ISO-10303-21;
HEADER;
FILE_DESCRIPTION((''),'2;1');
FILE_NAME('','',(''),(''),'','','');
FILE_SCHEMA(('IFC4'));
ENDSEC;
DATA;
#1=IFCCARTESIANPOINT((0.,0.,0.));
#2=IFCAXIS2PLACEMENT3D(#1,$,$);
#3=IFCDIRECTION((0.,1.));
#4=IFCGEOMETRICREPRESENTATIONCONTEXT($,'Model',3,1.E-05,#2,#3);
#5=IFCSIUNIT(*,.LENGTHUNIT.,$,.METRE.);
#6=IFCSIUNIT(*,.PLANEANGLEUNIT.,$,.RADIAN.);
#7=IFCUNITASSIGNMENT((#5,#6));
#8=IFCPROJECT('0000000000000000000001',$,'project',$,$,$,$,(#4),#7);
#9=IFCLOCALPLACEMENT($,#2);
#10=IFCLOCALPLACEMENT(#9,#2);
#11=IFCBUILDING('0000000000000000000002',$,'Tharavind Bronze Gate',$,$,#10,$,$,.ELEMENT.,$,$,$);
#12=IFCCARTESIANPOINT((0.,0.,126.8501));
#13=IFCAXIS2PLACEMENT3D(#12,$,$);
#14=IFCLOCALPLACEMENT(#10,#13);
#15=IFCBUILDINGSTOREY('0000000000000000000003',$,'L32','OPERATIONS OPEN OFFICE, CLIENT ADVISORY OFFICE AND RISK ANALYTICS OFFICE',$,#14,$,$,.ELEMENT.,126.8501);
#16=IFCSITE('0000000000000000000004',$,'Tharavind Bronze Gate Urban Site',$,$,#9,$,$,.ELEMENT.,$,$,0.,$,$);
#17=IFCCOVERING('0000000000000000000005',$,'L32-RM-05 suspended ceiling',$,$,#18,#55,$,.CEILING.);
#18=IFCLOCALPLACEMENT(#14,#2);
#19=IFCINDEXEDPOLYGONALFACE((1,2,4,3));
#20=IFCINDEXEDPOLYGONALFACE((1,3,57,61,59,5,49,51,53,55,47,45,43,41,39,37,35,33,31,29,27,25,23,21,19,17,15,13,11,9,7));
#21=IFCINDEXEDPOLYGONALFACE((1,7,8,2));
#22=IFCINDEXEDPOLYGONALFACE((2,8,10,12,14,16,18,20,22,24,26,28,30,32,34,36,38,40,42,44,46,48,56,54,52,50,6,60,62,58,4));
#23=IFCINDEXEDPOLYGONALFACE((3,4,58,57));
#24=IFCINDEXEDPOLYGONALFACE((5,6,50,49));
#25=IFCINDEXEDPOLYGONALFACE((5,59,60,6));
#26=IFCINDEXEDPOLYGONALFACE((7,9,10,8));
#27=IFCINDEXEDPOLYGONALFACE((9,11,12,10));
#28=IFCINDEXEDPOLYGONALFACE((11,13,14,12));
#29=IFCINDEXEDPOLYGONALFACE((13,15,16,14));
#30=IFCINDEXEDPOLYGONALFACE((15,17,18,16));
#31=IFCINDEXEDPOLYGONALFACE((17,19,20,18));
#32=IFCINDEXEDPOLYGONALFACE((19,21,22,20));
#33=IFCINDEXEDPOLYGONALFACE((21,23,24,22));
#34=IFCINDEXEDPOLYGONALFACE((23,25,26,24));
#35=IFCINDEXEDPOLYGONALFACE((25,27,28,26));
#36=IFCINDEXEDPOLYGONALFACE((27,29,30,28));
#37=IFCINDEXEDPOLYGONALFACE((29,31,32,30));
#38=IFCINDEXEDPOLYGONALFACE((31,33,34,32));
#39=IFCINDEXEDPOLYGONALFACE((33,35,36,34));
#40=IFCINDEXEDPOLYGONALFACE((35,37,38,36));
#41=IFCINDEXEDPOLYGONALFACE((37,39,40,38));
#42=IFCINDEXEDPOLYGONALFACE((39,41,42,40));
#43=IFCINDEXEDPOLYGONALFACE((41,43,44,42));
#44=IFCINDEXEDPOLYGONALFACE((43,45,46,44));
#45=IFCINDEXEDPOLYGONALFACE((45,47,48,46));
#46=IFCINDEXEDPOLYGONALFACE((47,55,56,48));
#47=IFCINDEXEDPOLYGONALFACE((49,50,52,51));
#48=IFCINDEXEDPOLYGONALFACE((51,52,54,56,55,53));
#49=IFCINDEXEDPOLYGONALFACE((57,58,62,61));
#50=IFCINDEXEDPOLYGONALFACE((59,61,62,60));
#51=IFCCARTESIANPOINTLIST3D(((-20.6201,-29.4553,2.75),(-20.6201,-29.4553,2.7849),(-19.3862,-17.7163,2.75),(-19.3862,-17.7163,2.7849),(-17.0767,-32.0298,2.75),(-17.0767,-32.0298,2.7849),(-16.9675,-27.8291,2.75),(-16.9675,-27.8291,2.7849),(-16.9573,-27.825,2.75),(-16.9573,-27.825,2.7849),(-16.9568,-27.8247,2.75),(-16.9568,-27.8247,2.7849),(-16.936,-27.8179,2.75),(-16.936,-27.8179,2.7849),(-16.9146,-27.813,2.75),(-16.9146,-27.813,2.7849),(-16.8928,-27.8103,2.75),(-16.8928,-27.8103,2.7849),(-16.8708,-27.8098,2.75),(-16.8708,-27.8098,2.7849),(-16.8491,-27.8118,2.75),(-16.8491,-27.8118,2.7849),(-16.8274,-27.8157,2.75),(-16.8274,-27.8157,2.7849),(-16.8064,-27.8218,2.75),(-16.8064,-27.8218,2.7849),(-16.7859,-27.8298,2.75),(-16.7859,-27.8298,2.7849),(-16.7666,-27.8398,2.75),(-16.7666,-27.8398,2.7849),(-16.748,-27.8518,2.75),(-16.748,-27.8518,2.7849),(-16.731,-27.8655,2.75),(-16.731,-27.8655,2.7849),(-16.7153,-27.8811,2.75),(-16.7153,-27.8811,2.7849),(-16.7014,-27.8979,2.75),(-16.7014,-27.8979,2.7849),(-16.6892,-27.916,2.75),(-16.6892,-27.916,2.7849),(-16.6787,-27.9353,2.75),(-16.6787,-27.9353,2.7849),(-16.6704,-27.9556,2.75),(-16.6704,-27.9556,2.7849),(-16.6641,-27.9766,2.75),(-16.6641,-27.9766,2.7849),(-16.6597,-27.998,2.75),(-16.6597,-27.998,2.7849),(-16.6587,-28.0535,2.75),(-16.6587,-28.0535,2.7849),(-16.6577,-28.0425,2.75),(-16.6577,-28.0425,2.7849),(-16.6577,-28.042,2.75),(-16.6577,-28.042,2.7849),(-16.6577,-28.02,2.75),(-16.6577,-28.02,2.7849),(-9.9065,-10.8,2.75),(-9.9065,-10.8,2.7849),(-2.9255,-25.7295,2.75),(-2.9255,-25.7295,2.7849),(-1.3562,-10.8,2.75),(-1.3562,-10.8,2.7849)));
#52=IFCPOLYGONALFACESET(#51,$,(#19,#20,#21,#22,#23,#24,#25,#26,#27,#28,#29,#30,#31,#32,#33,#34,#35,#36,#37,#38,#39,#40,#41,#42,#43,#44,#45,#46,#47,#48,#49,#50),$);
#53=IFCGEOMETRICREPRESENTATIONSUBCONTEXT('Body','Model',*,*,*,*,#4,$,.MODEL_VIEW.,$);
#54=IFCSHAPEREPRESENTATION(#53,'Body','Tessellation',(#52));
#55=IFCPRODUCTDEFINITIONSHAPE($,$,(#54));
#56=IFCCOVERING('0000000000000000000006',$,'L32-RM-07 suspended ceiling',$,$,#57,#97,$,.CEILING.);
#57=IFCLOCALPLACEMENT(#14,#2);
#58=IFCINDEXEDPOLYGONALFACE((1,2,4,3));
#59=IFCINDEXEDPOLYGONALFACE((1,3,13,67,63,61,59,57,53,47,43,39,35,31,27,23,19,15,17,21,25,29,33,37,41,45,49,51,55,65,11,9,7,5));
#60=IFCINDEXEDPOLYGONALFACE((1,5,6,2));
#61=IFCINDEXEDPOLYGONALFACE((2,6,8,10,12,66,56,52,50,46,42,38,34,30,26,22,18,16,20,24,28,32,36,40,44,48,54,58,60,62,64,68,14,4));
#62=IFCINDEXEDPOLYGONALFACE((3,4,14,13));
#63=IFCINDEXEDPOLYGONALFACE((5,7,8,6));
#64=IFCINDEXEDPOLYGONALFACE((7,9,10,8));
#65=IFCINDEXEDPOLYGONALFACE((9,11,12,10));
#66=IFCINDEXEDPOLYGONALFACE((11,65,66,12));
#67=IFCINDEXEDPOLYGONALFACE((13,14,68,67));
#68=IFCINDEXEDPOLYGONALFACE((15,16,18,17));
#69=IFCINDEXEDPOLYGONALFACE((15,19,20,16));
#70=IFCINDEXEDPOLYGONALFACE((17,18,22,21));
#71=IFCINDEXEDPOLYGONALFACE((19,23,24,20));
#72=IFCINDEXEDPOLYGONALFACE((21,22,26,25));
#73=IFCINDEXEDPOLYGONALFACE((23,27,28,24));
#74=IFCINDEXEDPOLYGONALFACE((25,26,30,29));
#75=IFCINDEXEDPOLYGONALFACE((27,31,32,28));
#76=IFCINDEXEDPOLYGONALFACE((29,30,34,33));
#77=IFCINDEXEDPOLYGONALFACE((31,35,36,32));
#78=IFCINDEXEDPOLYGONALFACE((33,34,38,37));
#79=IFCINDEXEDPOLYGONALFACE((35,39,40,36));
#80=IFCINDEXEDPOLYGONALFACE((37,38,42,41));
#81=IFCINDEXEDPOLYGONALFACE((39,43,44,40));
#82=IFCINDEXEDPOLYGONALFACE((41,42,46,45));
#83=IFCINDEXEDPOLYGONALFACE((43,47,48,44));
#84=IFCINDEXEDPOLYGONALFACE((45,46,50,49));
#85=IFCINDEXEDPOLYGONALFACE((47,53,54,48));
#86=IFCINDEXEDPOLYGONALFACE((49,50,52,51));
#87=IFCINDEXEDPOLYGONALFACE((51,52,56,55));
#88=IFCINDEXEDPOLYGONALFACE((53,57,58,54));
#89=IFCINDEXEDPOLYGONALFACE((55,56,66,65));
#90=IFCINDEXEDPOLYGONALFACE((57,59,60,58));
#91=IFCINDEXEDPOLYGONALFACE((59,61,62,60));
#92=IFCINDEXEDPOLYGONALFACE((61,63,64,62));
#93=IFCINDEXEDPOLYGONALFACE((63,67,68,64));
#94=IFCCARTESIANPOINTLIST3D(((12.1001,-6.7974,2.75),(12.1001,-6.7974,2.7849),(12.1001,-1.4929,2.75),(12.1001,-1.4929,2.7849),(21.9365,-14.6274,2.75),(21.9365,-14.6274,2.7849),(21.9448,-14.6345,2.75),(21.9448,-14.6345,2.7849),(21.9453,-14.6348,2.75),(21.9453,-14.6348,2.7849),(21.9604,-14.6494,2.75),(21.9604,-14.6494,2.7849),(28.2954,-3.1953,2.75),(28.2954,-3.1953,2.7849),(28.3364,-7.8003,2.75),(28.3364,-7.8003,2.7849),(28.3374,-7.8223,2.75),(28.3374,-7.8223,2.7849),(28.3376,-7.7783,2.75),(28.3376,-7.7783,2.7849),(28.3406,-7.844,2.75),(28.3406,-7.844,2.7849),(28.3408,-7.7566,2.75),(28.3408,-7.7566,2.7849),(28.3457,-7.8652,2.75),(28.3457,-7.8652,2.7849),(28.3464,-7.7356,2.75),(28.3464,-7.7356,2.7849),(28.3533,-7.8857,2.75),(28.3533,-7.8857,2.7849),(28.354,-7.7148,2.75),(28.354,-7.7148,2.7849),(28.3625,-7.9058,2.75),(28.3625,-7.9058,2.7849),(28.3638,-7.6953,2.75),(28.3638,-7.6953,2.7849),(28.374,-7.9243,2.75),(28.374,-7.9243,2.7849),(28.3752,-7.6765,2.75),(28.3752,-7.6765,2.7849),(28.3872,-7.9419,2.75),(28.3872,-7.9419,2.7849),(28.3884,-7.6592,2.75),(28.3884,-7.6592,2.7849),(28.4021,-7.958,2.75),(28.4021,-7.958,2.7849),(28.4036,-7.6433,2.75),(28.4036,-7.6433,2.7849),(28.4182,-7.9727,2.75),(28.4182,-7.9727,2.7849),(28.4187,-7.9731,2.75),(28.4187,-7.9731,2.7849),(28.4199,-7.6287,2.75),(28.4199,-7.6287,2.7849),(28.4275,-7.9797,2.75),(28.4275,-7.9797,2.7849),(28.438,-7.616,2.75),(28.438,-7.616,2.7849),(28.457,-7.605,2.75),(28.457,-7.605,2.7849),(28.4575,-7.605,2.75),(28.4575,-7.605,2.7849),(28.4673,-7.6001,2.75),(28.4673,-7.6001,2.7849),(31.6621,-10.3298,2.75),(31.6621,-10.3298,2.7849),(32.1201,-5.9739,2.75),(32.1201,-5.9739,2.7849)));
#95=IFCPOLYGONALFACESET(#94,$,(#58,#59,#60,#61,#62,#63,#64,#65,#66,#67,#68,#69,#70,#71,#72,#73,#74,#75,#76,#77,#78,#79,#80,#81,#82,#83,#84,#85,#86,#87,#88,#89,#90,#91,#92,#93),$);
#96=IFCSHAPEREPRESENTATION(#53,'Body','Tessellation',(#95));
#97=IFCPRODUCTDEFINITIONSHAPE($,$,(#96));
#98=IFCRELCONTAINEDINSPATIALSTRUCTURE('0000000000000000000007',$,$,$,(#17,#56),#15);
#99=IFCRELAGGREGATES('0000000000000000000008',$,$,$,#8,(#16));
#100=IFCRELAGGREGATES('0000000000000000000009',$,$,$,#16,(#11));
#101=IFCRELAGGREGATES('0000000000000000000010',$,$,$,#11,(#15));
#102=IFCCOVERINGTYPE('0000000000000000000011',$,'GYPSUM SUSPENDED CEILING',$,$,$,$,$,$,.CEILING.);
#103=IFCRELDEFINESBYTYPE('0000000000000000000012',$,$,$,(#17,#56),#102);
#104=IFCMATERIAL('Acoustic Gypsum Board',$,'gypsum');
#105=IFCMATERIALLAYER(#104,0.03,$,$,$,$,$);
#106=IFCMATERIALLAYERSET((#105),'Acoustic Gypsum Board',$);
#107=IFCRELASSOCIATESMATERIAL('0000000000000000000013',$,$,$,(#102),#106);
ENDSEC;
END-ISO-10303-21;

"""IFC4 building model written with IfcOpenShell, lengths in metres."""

from ifc_helpers import new_model, si_unit, direction, frame, origin, place, context, subcontext, project, spatial, polyline, outline, extrude, material, layer, layer_set, type_object, element, save


model = new_model("IFC4")

# Units and contexts
model_context = context("Model", 3, precision=1e-05, world=origin(), true_north=direction((0.0, 1.0)))
body_context = subcontext(model_context, "Body", "Model", "MODEL_VIEW")
ifc_project = project(units=[si_unit("LENGTHUNIT", "METRE"), si_unit("PLANEANGLEUNIT", "RADIAN")], contexts=[model_context])

# Site, building, storey
site_placement = place(None, origin())
site = spatial("IfcSite", under=ifc_project, at=site_placement, Name="Tharavind Bronze Gate Urban Site", CompositionType="ELEMENT", RefElevation=0.0)
building_placement = place(site_placement, origin())
building = spatial("IfcBuilding", under=site, at=building_placement, Name="Tharavind Bronze Gate", CompositionType="ELEMENT")
storey_placement = place(building_placement, frame((0.0, 0.0, 126.8501)))
storey = spatial("IfcBuildingStorey", under=building, at=storey_placement, Name="L32", Description="OPERATIONS OPEN OFFICE, CLIENT ADVISORY OFFICE AND RISK ANALYTICS OFFICE", CompositionType="ELEMENT", Elevation=126.8501)

# Coverings
ifc_material_1 = material(Name="Acoustic Gypsum Board", Category="gypsum")
ifc_layer_1 = layer(ifc_material_1, 0.03)
ifc_layer_set_1 = layer_set([ifc_layer_1], Name="Acoustic Gypsum Board")
covering_type_1 = type_object("IfcCoveringType", Name="GYPSUM SUSPENDED CEILING", PredefinedType="CEILING", material=ifc_layer_set_1)
covering_1_placement = place(storey_placement, frame((0.0, 0.0, 2.75)))
element("IfcCovering", 1, at=covering_1_placement, inside=storey, type_object=covering_type_1, Name="L32-RM-05 suspended ceiling", PredefinedType="CEILING", context=body_context, shape_type="SweptSolid", body=[
    extrude(outline(polyline([(-16.9675, -27.8291), (-16.9573, -27.825), (-16.9568, -27.8247), (-16.936, -27.8179), (-16.9146, -27.813), (-16.8928, -27.8103), (-16.8708, -27.8098), (-16.8491, -27.8118), (-16.8274, -27.8157), (-16.8064, -27.8218), (-16.7859, -27.8298), (-16.7666, -27.8398), (-16.748, -27.8518), (-16.731, -27.8655), (-16.7153, -27.8811), (-16.7014, -27.8979), (-16.6892, -27.916), (-16.6787, -27.9353), (-16.6704, -27.9556), (-16.6641, -27.9766), (-16.6597, -27.998), (-16.6577, -28.02), (-16.6577, -28.042), (-16.6577, -28.0425), (-16.6587, -28.0535), (-17.0767, -32.0298), (-2.9255, -25.7295), (-1.3562, -10.8), (-9.9065, -10.8), (-19.3862, -17.7163), (-20.6201, -29.4553), (-16.9675, -27.8291)])), origin(), (0.0, 0.0, 1.0), 0.0349),
])
covering_2_placement = place(storey_placement, frame((0.0, 0.0, 2.75)))
element("IfcCovering", 2, at=covering_2_placement, inside=storey, type_object=covering_type_1, Name="L32-RM-07 suspended ceiling", PredefinedType="CEILING", context=body_context, shape_type="SweptSolid", body=[
    extrude(outline(polyline([(12.1001, -6.7974), (21.9365, -14.6274), (21.9448, -14.6345), (21.9453, -14.6348), (21.9604, -14.6494), (31.6621, -10.3298), (28.4275, -7.9797), (28.4187, -7.9731), (28.4182, -7.9727), (28.4021, -7.958), (28.3872, -7.9419), (28.374, -7.9243), (28.3625, -7.9058), (28.3533, -7.8857), (28.3457, -7.8652), (28.3406, -7.844), (28.3374, -7.8223), (28.3364, -7.8003), (28.3376, -7.7783), (28.3408, -7.7566), (28.3464, -7.7356), (28.354, -7.7148), (28.3638, -7.6953), (28.3752, -7.6765), (28.3884, -7.6592), (28.4036, -7.6433), (28.4199, -7.6287), (28.438, -7.616), (28.457, -7.605), (28.4575, -7.605), (28.4673, -7.6001), (32.1201, -5.9739), (28.2954, -3.1953), (12.1001, -1.4929), (12.1001, -6.7974)])), origin(), (0.0, 0.0, 1.0), 0.0349),
])

save(model, "model.ifc")
